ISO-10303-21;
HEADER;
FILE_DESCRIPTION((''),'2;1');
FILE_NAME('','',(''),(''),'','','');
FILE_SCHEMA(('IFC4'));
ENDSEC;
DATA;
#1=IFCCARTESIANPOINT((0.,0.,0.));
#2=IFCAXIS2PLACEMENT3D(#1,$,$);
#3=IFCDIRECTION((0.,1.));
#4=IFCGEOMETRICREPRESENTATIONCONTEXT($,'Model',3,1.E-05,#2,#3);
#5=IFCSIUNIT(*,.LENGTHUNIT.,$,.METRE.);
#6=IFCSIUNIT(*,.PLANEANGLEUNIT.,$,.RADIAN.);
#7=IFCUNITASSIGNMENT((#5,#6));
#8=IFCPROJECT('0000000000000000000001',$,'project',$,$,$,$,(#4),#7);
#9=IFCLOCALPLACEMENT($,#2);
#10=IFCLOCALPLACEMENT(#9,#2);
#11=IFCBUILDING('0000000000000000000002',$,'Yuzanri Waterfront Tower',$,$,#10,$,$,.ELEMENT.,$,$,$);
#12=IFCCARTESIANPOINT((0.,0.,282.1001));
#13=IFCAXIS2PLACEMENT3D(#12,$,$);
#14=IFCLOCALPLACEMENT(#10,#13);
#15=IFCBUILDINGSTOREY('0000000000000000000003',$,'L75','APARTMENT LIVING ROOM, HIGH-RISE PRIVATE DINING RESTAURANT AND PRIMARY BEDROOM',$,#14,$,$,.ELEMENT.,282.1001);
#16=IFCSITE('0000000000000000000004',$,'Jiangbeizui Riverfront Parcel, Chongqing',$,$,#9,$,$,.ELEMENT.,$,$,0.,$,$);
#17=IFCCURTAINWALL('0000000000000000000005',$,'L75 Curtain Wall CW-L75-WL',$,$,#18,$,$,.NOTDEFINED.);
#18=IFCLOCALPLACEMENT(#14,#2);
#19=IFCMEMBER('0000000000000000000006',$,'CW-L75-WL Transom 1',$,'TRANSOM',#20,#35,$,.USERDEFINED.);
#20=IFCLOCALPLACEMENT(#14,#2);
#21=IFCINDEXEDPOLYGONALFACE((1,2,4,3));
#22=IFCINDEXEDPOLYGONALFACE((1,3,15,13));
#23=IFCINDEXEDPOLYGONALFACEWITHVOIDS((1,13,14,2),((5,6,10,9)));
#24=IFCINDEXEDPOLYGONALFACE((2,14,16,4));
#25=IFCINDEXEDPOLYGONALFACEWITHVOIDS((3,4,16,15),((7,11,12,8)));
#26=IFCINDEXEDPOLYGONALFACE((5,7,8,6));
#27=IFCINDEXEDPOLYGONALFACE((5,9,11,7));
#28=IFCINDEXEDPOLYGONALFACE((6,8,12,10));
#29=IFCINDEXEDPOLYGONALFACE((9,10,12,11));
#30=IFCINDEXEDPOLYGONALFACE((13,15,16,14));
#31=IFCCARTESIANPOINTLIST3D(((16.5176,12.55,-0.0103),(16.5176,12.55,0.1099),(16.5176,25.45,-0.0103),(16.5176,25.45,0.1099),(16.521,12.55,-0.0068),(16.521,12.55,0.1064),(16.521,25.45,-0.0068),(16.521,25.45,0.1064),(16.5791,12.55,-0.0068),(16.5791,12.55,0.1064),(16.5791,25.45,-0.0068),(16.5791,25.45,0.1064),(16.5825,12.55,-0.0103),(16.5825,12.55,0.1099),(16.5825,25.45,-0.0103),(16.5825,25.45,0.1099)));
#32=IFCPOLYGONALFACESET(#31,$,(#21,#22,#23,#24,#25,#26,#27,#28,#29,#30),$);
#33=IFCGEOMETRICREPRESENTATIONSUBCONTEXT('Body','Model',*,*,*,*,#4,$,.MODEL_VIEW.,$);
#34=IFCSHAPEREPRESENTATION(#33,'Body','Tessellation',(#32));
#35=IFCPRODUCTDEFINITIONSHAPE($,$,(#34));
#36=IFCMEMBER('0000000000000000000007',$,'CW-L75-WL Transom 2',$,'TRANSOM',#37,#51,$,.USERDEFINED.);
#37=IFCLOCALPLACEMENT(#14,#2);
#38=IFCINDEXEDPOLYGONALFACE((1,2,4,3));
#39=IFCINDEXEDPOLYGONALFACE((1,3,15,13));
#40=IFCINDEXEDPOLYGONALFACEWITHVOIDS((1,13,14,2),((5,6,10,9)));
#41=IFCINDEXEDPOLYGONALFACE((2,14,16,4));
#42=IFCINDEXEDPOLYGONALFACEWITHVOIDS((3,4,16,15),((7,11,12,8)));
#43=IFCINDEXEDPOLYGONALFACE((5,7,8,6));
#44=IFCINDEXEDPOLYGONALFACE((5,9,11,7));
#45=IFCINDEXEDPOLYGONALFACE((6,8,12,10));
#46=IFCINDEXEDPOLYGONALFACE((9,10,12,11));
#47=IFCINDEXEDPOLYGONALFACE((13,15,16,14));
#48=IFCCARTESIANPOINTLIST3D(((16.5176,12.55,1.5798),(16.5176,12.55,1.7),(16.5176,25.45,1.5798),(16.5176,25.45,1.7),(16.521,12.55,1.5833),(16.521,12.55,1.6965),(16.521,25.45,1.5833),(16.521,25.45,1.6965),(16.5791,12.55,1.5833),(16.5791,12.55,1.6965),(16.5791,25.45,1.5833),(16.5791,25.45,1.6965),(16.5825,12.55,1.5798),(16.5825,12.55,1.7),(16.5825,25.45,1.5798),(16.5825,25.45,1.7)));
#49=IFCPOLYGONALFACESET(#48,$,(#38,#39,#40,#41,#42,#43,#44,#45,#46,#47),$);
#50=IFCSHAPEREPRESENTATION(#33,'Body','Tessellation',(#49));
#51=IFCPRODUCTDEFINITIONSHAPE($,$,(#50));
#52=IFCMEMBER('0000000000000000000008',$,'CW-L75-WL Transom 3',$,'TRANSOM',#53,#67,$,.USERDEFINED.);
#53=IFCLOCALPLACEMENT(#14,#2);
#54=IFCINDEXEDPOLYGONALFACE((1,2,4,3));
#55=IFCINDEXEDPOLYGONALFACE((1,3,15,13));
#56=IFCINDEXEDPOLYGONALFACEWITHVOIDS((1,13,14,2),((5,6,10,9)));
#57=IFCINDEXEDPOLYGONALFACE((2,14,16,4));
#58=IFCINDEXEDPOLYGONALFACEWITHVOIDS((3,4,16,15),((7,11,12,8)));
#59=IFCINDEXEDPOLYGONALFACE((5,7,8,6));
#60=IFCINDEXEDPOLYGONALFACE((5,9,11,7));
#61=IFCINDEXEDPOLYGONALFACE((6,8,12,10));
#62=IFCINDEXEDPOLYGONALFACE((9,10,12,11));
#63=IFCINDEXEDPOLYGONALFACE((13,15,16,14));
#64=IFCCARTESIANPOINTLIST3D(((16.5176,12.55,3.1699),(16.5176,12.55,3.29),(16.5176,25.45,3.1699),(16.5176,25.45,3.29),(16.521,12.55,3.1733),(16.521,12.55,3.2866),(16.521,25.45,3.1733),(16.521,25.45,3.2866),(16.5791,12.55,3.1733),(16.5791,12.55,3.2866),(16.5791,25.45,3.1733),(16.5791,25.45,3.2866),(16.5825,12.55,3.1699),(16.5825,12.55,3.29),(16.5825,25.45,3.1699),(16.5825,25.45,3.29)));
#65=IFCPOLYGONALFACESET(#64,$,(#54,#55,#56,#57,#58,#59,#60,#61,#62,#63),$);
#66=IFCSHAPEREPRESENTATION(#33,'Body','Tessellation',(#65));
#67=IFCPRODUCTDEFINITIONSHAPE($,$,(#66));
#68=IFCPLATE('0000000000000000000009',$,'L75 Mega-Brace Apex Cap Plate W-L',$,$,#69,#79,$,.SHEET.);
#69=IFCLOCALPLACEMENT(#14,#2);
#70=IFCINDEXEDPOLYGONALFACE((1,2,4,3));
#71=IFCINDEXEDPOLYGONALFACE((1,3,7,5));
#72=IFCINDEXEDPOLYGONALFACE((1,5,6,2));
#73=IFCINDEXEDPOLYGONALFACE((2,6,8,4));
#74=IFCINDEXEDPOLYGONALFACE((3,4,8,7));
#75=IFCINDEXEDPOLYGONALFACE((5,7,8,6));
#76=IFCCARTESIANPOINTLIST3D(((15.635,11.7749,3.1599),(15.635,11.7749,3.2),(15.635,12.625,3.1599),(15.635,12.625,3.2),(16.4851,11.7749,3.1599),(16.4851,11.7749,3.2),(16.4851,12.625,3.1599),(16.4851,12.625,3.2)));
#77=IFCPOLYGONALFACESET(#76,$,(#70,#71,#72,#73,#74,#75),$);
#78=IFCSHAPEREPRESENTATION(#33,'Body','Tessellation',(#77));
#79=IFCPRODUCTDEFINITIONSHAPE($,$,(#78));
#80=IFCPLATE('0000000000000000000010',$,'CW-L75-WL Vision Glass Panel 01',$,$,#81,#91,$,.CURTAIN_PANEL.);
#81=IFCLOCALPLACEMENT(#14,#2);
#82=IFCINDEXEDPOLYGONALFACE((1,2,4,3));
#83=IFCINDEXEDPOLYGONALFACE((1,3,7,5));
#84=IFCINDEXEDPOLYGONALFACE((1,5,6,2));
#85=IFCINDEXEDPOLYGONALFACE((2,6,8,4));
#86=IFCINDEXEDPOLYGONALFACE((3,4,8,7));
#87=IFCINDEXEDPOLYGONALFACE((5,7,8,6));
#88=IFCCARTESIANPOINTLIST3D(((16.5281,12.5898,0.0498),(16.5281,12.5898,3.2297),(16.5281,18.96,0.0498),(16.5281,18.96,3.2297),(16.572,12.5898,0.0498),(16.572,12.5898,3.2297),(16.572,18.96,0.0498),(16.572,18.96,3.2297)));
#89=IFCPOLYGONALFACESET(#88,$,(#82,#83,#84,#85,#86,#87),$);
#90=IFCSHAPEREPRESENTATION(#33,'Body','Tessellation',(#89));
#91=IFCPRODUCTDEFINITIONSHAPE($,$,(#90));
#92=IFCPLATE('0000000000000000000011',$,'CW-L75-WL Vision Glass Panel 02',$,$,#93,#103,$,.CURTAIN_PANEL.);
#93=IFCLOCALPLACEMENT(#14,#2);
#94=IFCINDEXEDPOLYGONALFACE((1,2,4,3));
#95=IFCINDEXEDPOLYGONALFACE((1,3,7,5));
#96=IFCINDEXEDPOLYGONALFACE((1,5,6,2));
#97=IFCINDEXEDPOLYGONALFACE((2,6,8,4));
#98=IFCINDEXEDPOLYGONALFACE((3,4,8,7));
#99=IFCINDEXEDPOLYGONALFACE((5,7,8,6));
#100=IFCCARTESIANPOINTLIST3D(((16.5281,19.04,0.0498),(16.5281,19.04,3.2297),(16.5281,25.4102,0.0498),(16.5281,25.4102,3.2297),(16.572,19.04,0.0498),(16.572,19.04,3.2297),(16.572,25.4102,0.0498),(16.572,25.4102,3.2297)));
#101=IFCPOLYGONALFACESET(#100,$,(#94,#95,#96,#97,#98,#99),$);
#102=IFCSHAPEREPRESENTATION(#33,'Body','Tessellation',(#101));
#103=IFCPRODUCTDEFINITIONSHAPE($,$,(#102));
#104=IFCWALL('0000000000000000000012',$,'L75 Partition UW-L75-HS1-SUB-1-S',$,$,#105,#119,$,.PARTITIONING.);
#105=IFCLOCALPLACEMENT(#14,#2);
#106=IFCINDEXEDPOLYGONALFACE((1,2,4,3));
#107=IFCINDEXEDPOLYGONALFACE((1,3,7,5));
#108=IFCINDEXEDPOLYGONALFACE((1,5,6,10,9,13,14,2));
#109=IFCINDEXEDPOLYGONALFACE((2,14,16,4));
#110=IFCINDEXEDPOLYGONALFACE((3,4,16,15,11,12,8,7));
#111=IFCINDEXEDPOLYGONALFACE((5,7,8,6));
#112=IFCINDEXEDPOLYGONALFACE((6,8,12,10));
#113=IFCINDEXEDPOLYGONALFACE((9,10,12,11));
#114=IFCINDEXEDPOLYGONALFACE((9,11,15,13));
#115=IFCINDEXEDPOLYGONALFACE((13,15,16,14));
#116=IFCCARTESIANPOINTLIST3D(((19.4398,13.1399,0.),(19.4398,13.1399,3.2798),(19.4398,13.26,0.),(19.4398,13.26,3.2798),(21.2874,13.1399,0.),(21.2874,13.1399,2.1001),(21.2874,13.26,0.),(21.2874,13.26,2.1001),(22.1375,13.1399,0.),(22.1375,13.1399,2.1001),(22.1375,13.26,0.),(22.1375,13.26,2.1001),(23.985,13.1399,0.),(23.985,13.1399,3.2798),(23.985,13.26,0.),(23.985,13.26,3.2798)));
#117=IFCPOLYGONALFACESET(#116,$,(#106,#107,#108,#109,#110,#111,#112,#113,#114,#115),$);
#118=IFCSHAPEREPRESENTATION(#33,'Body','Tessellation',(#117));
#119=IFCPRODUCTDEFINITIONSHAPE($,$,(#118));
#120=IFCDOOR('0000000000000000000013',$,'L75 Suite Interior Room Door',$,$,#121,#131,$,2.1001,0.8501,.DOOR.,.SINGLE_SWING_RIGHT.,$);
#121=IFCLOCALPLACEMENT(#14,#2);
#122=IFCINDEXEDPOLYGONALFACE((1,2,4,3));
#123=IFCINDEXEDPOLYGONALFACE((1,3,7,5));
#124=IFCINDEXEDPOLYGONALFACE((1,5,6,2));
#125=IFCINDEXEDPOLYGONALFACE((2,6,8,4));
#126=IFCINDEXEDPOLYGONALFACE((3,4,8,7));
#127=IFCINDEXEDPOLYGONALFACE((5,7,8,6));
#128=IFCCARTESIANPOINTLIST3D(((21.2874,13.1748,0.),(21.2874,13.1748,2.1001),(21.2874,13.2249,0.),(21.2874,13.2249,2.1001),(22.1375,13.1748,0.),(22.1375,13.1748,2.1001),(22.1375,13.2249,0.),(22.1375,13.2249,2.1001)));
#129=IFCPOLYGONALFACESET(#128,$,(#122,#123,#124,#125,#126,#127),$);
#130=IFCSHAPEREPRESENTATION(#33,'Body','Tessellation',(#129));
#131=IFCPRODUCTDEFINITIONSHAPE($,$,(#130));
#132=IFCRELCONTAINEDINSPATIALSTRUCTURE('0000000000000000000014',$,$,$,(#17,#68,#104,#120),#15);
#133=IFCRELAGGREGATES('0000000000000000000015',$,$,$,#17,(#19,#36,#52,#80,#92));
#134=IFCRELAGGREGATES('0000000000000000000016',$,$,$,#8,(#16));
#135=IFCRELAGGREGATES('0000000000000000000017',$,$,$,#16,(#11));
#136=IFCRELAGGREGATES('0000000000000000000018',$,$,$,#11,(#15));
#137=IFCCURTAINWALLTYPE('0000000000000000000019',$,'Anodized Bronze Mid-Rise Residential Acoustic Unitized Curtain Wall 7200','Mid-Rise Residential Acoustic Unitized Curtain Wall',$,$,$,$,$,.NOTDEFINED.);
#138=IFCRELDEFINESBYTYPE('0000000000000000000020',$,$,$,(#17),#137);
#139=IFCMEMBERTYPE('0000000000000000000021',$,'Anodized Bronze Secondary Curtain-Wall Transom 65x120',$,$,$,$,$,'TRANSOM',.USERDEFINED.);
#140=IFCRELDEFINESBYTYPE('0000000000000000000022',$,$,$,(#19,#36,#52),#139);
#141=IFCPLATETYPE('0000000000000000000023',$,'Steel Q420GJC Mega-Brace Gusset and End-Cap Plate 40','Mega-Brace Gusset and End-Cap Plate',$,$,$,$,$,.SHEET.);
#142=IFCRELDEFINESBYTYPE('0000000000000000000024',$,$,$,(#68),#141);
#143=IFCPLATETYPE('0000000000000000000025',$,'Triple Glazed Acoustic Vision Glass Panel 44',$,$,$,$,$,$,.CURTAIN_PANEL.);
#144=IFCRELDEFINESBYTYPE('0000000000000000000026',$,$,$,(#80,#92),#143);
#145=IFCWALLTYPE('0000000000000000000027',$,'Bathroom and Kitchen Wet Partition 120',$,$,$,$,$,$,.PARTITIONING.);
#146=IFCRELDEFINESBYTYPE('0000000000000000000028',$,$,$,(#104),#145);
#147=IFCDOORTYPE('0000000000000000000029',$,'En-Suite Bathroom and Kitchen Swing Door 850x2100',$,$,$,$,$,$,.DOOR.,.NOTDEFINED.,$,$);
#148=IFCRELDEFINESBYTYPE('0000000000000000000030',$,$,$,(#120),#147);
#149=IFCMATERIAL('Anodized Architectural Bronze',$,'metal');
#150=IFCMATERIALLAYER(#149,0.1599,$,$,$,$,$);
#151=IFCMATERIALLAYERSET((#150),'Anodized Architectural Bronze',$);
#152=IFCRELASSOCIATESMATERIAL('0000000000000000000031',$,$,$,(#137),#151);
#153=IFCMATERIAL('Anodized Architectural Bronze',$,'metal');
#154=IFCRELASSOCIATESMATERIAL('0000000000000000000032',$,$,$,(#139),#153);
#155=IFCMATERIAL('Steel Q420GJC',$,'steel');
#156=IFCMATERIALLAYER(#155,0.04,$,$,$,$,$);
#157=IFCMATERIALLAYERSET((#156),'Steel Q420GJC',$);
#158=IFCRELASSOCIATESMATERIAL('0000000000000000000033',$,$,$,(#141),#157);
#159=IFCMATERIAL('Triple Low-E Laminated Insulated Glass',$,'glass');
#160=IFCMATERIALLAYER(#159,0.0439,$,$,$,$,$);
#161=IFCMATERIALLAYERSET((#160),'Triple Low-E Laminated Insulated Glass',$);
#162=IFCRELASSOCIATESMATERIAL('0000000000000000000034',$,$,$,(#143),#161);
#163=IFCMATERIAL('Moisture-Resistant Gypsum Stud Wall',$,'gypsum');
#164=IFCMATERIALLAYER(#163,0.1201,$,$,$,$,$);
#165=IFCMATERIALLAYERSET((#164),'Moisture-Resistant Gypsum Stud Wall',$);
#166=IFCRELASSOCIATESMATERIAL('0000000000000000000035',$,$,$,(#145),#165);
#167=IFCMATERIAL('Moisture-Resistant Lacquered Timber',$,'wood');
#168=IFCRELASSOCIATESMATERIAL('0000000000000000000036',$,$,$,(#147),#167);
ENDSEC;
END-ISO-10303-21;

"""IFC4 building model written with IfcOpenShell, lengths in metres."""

from ifc_helpers import new_model, si_unit, direction, frame, frame_2d, origin, origin_2d, place, context, subcontext, project, spatial, rectangle, hollow_rectangle, extrude, source, transform, mapped, material, layer, layer_set, material_profile, profile_set, type_object, element, fill, aggregate, save


model = new_model("IFC4")

# Units and contexts
model_context = context("Model", 3, precision=1e-05, world=origin(), true_north=direction((0.0, 1.0)))
body_context = subcontext(model_context, "Body", "Model", "MODEL_VIEW")
ifc_project = project(units=[si_unit("LENGTHUNIT", "METRE"), si_unit("PLANEANGLEUNIT", "RADIAN")], contexts=[model_context])

# Site, building, storey
site_placement = place(None, origin())
site = spatial("IfcSite", under=ifc_project, at=site_placement, Name="Jiangbeizui Riverfront Parcel, Chongqing", CompositionType="ELEMENT", RefElevation=0.0)
building_placement = place(site_placement, origin())
building = spatial("IfcBuilding", under=site, at=building_placement, Name="Yuzanri Waterfront Tower", CompositionType="ELEMENT")
storey_placement = place(building_placement, frame((0.0, 0.0, 282.1001)))
storey = spatial("IfcBuildingStorey", under=building, at=storey_placement, Name="L75", Description="APARTMENT LIVING ROOM, HIGH-RISE PRIVATE DINING RESTAURANT AND PRIMARY BEDROOM", CompositionType="ELEMENT", Elevation=282.1001)

# Curtain wall, members
ifc_material_1 = material(Name="Anodized Architectural Bronze", Category="metal")
ifc_layer_1 = layer(ifc_material_1, 0.1599)
ifc_layer_set_1 = layer_set([ifc_layer_1], Name="Anodized Architectural Bronze")
curtain_wall_type = type_object("IfcCurtainWallType", Name="Anodized Bronze Mid-Rise Residential Acoustic Unitized Curtain Wall 7200", Description="Mid-Rise Residential Acoustic Unitized Curtain Wall", PredefinedType="NOTDEFINED", material=ifc_layer_set_1)
curtain_wall_placement = place(storey_placement, origin())
curtain_wall = element("IfcCurtainWall", 1, at=curtain_wall_placement, inside=storey, type_object=curtain_wall_type, Name="L75 Curtain Wall CW-L75-WL", PredefinedType="NOTDEFINED")
ifc_material_2 = material(Name="Anodized Architectural Bronze", Category="metal")
ifc_material_profile_1 = material_profile(ifc_material_2, hollow_rectangle(XDim=0.0649, YDim=0.1201, WallThickness=0.0034, at=origin_2d()), Name="CWT 65x120")
ifc_profile_set_1 = profile_set([ifc_material_profile_1], Name="Anodized Architectural Bronze")
member_type_1 = type_object("IfcMemberType", Name="Anodized Bronze Secondary Curtain-Wall Transom 65x120", ElementType="TRANSOM", PredefinedType="USERDEFINED", material=ifc_profile_set_1)
shared_shape_1 = source(origin(), body_context, "Body", "SweptSolid", [
    extrude(hollow_rectangle(XDim=0.0649, YDim=0.1201, WallThickness=0.0034, at=origin_2d()), origin(), (0.0, 0.0, 1.0), 12.8999),
])
member_1_placement = place(storey_placement, frame((16.55, 12.55, 0.0498), z_axis=(0.0, 1.0, 0.0), x_axis=(-1.0, 0.0, 0.0)))
member_1 = element("IfcMember", 2, at=member_1_placement, type_object=member_type_1, Name="CW-L75-WL Transom 1", ObjectType="TRANSOM", PredefinedType="USERDEFINED", context=body_context, shape_type="MappedRepresentation", body=[
    mapped(shared_shape_1, transform((0.0, 0.0, 0.0), scale=1.0)),
])
member_2_placement = place(storey_placement, frame((16.55, 12.55, 1.6399), z_axis=(0.0, 1.0, 0.0), x_axis=(-1.0, 0.0, 0.0)))
member_2 = element("IfcMember", 3, at=member_2_placement, type_object=member_type_1, Name="CW-L75-WL Transom 2", ObjectType="TRANSOM", PredefinedType="USERDEFINED", context=body_context, shape_type="MappedRepresentation", body=[
    mapped(shared_shape_1, transform((0.0, 0.0, 0.0), scale=1.0)),
])
member_3_placement = place(storey_placement, frame((16.55, 12.55, 3.23), z_axis=(0.0, 1.0, 0.0), x_axis=(-1.0, 0.0, 0.0)))
member_3 = element("IfcMember", 4, at=member_3_placement, type_object=member_type_1, Name="CW-L75-WL Transom 3", ObjectType="TRANSOM", PredefinedType="USERDEFINED", context=body_context, shape_type="MappedRepresentation", body=[
    mapped(shared_shape_1, transform((0.0, 0.0, 0.0), scale=1.0)),
])

# Plates
ifc_material_3 = material(Name="Steel Q420GJC", Category="steel")
ifc_layer_2 = layer(ifc_material_3, 0.04)
ifc_layer_set_2 = layer_set([ifc_layer_2], Name="Steel Q420GJC")
plate_type_1 = type_object("IfcPlateType", Name="Steel Q420GJC Mega-Brace Gusset and End-Cap Plate 40", Description="Mega-Brace Gusset and End-Cap Plate", PredefinedType="SHEET", material=ifc_layer_set_2)
shared_shape_2 = source(origin(), body_context, "Body", "SweptSolid", [
    extrude(rectangle(XDim=0.8501, YDim=0.8501, at=origin_2d()), origin(), (0.0, 0.0, 1.0), 0.04),
])
plate_1_placement = place(storey_placement, frame((16.0601, 12.2, 3.1599), z_axis=(0.0, 0.0, 1.0), x_axis=(1.0, 0.0, 0.0)))
element("IfcPlate", 5, at=plate_1_placement, inside=storey, type_object=plate_type_1, Name="L75 Mega-Brace Apex Cap Plate W-L", PredefinedType="SHEET", context=body_context, shape_type="MappedRepresentation", body=[
    mapped(shared_shape_2, transform((0.0, 0.0, 0.0), scale=1.0)),
])
ifc_material_4 = material(Name="Triple Low-E Laminated Insulated Glass", Category="glass")
ifc_layer_3 = layer(ifc_material_4, 0.0439)
ifc_layer_set_3 = layer_set([ifc_layer_3], Name="Triple Low-E Laminated Insulated Glass")
plate_type_2 = type_object("IfcPlateType", Name="Triple Glazed Acoustic Vision Glass Panel 44", PredefinedType="CURTAIN_PANEL", material=ifc_layer_set_3)
shared_shape_3 = source(origin(), body_context, "Body", "SweptSolid", [
    extrude(rectangle(XDim=6.3701, YDim=0.0439, at=origin_2d()), origin(), (0.0, 0.0, 1.0), 3.1799),
])
plate_2_placement = place(storey_placement, frame((16.55, 15.7749, 0.0498), z_axis=(0.0, 0.0, 1.0), x_axis=(0.0, 1.0, 0.0)))
plate_2 = element("IfcPlate", 6, at=plate_2_placement, type_object=plate_type_2, Name="CW-L75-WL Vision Glass Panel 01", PredefinedType="CURTAIN_PANEL", context=body_context, shape_type="MappedRepresentation", body=[
    mapped(shared_shape_3, transform((0.0, 0.0, 0.0), scale=1.0)),
])
plate_3_placement = place(storey_placement, frame((16.55, 22.2251, 0.0498), z_axis=(0.0, 0.0, 1.0), x_axis=(0.0, 1.0, 0.0)))
plate_3 = element("IfcPlate", 7, at=plate_3_placement, type_object=plate_type_2, Name="CW-L75-WL Vision Glass Panel 02", PredefinedType="CURTAIN_PANEL", context=body_context, shape_type="MappedRepresentation", body=[
    mapped(shared_shape_3, transform((0.0, 0.0, 0.0), scale=1.0)),
])
aggregate(curtain_wall, [member_1, member_2, member_3, plate_2, plate_3])

# Wall, opening, door
ifc_material_5 = material(Name="Moisture-Resistant Gypsum Stud Wall", Category="gypsum")
ifc_layer_4 = layer(ifc_material_5, 0.1201)
ifc_layer_set_4 = layer_set([ifc_layer_4], Name="Moisture-Resistant Gypsum Stud Wall")
wall_type_1 = type_object("IfcWallType", Name="Bathroom and Kitchen Wet Partition 120", PredefinedType="PARTITIONING", material=ifc_layer_set_4)
wall_1_placement = place(storey_placement, frame((19.4399, 13.2, 0.0), z_axis=(0.0, 0.0, 1.0), x_axis=(1.0, 0.0, 0.0)))
wall_1 = element("IfcWall", 8, at=wall_1_placement, inside=storey, type_object=wall_type_1, Name="L75 Partition UW-L75-HS1-SUB-1-S", PredefinedType="PARTITIONING", context=body_context, shape_type="SweptSolid", body=[
    extrude(rectangle(XDim=4.5452, YDim=0.1201, at=frame_2d((2.2725, 0.0))), origin(), (0.0, 0.0, 1.0), 3.2798),
])
opening_1_placement = place(wall_1_placement, frame((1.8474, 0.0, 0.0)))
opening_1 = element("IfcOpeningElement", 9, at=opening_1_placement, cuts=wall_1, PredefinedType="OPENING", context=body_context, shape_type="SweptSolid", body=[
    extrude(rectangle(XDim=0.8501, YDim=2.1001, at=frame_2d((0.425, 1.05))), frame((0.0, 0.075, 0.0), z_axis=(0.0, -1.0, 0.0), x_axis=(1.0, 0.0, 0.0)), (0.0, 0.0, 1.0), 0.1499),
])
ifc_material_6 = material(Name="Moisture-Resistant Lacquered Timber", Category="wood")
door_type_1 = type_object("IfcDoorType", Name="En-Suite Bathroom and Kitchen Swing Door 850x2100", OperationType="NOTDEFINED", PredefinedType="DOOR", material=ifc_material_6)
shared_shape_4 = source(origin(), body_context, "Body", "SweptSolid", [
    extrude(rectangle(XDim=0.8501, YDim=2.1001, at=frame_2d((0.425, 1.05))), frame((0.0, 0.0249, 0.0), z_axis=(0.0, -1.0, 0.0), x_axis=(1.0, 0.0, 0.0)), (0.0, 0.0, 1.0), 0.05),
])
door_1_placement = place(opening_1_placement, origin())
door_1 = element("IfcDoor", 10, at=door_1_placement, inside=storey, type_object=door_type_1, Name="L75 Suite Interior Room Door", OperationType="SINGLE_SWING_RIGHT", OverallHeight=2.1001, OverallWidth=0.8501, PredefinedType="DOOR", context=body_context, shape_type="MappedRepresentation", body=[
    mapped(shared_shape_4, transform((0.0, 0.0, 0.0), scale=1.0)),
])
fill(opening_1, door_1)

save(model, "model.ifc")
